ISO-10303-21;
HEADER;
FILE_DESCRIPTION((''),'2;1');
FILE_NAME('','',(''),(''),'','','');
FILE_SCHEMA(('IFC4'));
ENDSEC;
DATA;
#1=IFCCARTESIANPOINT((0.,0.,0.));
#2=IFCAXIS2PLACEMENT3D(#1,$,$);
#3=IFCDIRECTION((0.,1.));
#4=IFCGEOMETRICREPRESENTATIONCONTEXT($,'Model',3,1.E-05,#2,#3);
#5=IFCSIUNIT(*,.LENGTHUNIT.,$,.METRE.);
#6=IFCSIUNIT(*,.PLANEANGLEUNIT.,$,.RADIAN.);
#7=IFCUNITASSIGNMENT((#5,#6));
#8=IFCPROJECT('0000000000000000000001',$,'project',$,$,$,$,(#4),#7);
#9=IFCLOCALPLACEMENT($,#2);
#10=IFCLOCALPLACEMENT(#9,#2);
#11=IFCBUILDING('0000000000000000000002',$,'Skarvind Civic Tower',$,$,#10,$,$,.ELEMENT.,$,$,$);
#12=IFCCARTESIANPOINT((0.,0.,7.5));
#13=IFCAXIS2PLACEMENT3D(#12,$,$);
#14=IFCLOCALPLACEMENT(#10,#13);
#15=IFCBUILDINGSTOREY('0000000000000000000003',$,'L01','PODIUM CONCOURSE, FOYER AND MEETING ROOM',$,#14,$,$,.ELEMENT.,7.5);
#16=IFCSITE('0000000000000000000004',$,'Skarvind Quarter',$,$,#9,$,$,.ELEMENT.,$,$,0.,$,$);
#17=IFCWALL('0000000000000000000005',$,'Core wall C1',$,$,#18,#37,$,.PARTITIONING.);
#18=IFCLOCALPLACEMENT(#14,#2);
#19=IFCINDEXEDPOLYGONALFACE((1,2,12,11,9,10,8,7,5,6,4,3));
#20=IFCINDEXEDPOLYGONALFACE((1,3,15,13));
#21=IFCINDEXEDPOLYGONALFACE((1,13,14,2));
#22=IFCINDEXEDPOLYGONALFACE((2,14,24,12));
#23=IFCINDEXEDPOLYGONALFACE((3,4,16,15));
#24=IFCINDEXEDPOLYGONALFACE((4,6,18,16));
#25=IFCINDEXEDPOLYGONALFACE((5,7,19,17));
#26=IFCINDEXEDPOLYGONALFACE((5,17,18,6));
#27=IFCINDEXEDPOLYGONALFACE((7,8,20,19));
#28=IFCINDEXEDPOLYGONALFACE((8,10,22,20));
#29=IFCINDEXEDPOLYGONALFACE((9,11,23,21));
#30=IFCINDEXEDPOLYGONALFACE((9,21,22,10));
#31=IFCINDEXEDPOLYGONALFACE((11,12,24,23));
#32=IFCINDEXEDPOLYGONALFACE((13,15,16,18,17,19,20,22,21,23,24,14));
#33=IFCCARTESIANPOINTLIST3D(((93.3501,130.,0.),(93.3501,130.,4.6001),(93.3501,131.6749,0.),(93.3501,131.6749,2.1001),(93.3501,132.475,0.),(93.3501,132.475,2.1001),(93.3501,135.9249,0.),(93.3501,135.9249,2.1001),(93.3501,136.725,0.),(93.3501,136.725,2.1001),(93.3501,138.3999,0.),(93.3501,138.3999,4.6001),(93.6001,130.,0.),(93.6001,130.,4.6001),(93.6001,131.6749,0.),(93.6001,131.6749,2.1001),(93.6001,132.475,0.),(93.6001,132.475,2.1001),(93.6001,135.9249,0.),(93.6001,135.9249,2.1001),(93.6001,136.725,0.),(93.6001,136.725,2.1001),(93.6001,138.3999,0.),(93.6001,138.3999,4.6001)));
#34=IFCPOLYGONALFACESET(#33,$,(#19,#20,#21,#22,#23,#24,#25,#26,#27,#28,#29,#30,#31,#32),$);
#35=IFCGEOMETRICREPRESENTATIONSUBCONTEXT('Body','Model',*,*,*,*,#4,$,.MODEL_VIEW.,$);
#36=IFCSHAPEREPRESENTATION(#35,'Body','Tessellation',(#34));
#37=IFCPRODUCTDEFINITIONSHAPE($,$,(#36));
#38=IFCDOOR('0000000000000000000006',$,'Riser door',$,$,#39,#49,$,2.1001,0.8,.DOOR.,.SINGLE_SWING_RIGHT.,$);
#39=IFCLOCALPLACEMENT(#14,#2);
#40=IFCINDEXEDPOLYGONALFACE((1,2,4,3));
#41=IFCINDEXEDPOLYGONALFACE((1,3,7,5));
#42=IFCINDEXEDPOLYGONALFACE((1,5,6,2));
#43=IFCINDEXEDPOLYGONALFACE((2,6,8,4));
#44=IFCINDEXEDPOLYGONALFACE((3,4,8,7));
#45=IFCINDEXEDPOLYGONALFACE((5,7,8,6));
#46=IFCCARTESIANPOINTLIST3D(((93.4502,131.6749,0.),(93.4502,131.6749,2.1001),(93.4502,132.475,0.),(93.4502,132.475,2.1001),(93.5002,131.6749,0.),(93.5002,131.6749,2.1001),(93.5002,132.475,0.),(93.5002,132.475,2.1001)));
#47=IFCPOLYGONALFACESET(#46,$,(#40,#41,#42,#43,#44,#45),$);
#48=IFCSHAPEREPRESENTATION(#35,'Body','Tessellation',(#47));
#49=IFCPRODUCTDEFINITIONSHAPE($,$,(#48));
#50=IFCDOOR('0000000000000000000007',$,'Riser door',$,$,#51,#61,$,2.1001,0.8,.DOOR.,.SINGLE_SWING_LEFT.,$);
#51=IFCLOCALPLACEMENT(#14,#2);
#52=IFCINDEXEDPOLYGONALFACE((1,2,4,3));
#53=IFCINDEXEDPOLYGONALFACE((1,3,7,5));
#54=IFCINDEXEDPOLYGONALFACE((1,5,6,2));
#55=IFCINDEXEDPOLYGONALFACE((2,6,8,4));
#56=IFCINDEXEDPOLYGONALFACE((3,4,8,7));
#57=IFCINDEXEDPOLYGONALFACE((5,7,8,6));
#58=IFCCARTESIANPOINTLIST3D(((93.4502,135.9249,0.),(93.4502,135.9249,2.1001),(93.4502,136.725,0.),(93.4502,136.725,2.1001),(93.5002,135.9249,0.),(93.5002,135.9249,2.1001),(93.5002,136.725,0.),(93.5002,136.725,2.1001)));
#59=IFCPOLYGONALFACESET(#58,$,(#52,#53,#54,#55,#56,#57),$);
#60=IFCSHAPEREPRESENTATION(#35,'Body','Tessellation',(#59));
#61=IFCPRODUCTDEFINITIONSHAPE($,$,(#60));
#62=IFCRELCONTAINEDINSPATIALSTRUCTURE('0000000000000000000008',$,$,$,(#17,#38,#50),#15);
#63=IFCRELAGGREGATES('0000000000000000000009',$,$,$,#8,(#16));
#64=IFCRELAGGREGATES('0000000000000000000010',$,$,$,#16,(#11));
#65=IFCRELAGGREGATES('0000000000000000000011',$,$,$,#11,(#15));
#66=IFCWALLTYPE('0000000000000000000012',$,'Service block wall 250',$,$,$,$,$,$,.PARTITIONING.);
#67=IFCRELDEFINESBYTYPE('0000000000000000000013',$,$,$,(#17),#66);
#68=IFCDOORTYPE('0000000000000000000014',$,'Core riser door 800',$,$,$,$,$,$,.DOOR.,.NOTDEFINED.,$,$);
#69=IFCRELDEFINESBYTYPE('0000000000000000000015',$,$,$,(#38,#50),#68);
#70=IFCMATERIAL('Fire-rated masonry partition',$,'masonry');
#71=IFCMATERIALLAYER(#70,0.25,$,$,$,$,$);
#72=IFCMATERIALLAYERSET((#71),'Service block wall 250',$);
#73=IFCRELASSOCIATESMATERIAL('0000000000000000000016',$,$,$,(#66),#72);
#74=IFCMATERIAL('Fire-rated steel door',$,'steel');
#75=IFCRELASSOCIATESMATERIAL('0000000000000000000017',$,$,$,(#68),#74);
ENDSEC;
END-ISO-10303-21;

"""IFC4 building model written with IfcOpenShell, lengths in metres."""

from ifc_helpers import new_model, si_unit, direction, frame, frame_2d, origin, place, context, subcontext, project, spatial, rectangle, extrude, material, layer, layer_set, type_object, element, fill, save


model = new_model("IFC4")

# Units and contexts
model_context = context("Model", 3, precision=1e-05, world=origin(), true_north=direction((0.0, 1.0)))
body_context = subcontext(model_context, "Body", "Model", "MODEL_VIEW")
ifc_project = project(units=[si_unit("LENGTHUNIT", "METRE"), si_unit("PLANEANGLEUNIT", "RADIAN")], contexts=[model_context])

# Site, building, storey
site_placement = place(None, origin())
site = spatial("IfcSite", under=ifc_project, at=site_placement, Name="Skarvind Quarter", CompositionType="ELEMENT", RefElevation=0.0)
building_placement = place(site_placement, origin())
building = spatial("IfcBuilding", under=site, at=building_placement, Name="Skarvind Civic Tower", CompositionType="ELEMENT")
storey_placement = place(building_placement, frame((0.0, 0.0, 7.5)))
storey = spatial("IfcBuildingStorey", under=building, at=storey_placement, Name="L01", Description="PODIUM CONCOURSE, FOYER AND MEETING ROOM", CompositionType="ELEMENT", Elevation=7.5)

# Shared definitions
ifc_material_1 = material(Name="Fire-rated masonry partition", Category="masonry")
ifc_material_2 = material(Name="Fire-rated steel door", Category="steel")

# Wall, openings, doors
ifc_layer_1 = layer(ifc_material_1, 0.25)
ifc_layer_set_1 = layer_set([ifc_layer_1], Name="Service block wall 250")
wall_type_1 = type_object("IfcWallType", Name="Service block wall 250", PredefinedType="PARTITIONING", material=ifc_layer_set_1)
wall_1_placement = place(storey_placement, frame((93.4751, 130.0, 0.0), z_axis=(0.0, 0.0, 1.0), x_axis=(0.0, 1.0, 0.0)))
wall_1 = element("IfcWall", 1, at=wall_1_placement, inside=storey, type_object=wall_type_1, Name="Core wall C1", PredefinedType="PARTITIONING", context=body_context, shape_type="SweptSolid", body=[
    extrude(rectangle(XDim=8.3999, YDim=0.25, at=frame_2d((4.2, 0.0))), origin(), (0.0, 0.0, 1.0), 4.6001),
])
opening_1_placement = place(wall_1_placement, frame((1.675, 0.0, 0.0)))
opening_1 = element("IfcOpeningElement", 2, at=opening_1_placement, cuts=wall_1, PredefinedType="OPENING", context=body_context, shape_type="SweptSolid", body=[
    extrude(rectangle(XDim=0.8, YDim=2.1001, at=frame_2d((0.3999, 1.05))), frame((0.0, 0.135, 0.0), z_axis=(0.0, -1.0, 0.0), x_axis=(1.0, 0.0, 0.0)), (0.0, 0.0, 1.0), 0.27),
])
opening_2_placement = place(wall_1_placement, frame((5.925, 0.0, 0.0)))
opening_2 = element("IfcOpeningElement", 3, at=opening_2_placement, cuts=wall_1, PredefinedType="OPENING", context=body_context, shape_type="SweptSolid", body=[
    extrude(rectangle(XDim=0.8, YDim=2.1001, at=frame_2d((0.3999, 1.05))), frame((0.0, 0.135, 0.0), z_axis=(0.0, -1.0, 0.0), x_axis=(1.0, 0.0, 0.0)), (0.0, 0.0, 1.0), 0.27),
])
door_type_1 = type_object("IfcDoorType", Name="Core riser door 800", OperationType="NOTDEFINED", PredefinedType="DOOR", material=ifc_material_2)
door_1_placement = place(opening_1_placement, origin())
door_1 = element("IfcDoor", 4, at=door_1_placement, inside=storey, type_object=door_type_1, Name="Riser door", OperationType="SINGLE_SWING_RIGHT", OverallHeight=2.1001, OverallWidth=0.8, PredefinedType="DOOR", context=body_context, shape_type="SweptSolid", body=[
    extrude(rectangle(XDim=0.8, YDim=2.1001, at=frame_2d((0.3999, 1.05))), frame((0.0, 0.0249, 0.0), z_axis=(0.0, -1.0, 0.0), x_axis=(1.0, 0.0, 0.0)), (0.0, 0.0, 1.0), 0.05),
])
fill(opening_1, door_1)
door_2_placement = place(opening_2_placement, origin())
door_2 = element("IfcDoor", 5, at=door_2_placement, inside=storey, type_object=door_type_1, Name="Riser door", OperationType="SINGLE_SWING_LEFT", OverallHeight=2.1001, OverallWidth=0.8, PredefinedType="DOOR", context=body_context, shape_type="SweptSolid", body=[
    extrude(rectangle(XDim=0.8, YDim=2.1001, at=frame_2d((0.3999, 1.05))), frame((0.0, 0.0249, 0.0), z_axis=(0.0, -1.0, 0.0), x_axis=(1.0, 0.0, 0.0)), (0.0, 0.0, 1.0), 0.05),
])
fill(opening_2, door_2)

save(model, "model.ifc")
